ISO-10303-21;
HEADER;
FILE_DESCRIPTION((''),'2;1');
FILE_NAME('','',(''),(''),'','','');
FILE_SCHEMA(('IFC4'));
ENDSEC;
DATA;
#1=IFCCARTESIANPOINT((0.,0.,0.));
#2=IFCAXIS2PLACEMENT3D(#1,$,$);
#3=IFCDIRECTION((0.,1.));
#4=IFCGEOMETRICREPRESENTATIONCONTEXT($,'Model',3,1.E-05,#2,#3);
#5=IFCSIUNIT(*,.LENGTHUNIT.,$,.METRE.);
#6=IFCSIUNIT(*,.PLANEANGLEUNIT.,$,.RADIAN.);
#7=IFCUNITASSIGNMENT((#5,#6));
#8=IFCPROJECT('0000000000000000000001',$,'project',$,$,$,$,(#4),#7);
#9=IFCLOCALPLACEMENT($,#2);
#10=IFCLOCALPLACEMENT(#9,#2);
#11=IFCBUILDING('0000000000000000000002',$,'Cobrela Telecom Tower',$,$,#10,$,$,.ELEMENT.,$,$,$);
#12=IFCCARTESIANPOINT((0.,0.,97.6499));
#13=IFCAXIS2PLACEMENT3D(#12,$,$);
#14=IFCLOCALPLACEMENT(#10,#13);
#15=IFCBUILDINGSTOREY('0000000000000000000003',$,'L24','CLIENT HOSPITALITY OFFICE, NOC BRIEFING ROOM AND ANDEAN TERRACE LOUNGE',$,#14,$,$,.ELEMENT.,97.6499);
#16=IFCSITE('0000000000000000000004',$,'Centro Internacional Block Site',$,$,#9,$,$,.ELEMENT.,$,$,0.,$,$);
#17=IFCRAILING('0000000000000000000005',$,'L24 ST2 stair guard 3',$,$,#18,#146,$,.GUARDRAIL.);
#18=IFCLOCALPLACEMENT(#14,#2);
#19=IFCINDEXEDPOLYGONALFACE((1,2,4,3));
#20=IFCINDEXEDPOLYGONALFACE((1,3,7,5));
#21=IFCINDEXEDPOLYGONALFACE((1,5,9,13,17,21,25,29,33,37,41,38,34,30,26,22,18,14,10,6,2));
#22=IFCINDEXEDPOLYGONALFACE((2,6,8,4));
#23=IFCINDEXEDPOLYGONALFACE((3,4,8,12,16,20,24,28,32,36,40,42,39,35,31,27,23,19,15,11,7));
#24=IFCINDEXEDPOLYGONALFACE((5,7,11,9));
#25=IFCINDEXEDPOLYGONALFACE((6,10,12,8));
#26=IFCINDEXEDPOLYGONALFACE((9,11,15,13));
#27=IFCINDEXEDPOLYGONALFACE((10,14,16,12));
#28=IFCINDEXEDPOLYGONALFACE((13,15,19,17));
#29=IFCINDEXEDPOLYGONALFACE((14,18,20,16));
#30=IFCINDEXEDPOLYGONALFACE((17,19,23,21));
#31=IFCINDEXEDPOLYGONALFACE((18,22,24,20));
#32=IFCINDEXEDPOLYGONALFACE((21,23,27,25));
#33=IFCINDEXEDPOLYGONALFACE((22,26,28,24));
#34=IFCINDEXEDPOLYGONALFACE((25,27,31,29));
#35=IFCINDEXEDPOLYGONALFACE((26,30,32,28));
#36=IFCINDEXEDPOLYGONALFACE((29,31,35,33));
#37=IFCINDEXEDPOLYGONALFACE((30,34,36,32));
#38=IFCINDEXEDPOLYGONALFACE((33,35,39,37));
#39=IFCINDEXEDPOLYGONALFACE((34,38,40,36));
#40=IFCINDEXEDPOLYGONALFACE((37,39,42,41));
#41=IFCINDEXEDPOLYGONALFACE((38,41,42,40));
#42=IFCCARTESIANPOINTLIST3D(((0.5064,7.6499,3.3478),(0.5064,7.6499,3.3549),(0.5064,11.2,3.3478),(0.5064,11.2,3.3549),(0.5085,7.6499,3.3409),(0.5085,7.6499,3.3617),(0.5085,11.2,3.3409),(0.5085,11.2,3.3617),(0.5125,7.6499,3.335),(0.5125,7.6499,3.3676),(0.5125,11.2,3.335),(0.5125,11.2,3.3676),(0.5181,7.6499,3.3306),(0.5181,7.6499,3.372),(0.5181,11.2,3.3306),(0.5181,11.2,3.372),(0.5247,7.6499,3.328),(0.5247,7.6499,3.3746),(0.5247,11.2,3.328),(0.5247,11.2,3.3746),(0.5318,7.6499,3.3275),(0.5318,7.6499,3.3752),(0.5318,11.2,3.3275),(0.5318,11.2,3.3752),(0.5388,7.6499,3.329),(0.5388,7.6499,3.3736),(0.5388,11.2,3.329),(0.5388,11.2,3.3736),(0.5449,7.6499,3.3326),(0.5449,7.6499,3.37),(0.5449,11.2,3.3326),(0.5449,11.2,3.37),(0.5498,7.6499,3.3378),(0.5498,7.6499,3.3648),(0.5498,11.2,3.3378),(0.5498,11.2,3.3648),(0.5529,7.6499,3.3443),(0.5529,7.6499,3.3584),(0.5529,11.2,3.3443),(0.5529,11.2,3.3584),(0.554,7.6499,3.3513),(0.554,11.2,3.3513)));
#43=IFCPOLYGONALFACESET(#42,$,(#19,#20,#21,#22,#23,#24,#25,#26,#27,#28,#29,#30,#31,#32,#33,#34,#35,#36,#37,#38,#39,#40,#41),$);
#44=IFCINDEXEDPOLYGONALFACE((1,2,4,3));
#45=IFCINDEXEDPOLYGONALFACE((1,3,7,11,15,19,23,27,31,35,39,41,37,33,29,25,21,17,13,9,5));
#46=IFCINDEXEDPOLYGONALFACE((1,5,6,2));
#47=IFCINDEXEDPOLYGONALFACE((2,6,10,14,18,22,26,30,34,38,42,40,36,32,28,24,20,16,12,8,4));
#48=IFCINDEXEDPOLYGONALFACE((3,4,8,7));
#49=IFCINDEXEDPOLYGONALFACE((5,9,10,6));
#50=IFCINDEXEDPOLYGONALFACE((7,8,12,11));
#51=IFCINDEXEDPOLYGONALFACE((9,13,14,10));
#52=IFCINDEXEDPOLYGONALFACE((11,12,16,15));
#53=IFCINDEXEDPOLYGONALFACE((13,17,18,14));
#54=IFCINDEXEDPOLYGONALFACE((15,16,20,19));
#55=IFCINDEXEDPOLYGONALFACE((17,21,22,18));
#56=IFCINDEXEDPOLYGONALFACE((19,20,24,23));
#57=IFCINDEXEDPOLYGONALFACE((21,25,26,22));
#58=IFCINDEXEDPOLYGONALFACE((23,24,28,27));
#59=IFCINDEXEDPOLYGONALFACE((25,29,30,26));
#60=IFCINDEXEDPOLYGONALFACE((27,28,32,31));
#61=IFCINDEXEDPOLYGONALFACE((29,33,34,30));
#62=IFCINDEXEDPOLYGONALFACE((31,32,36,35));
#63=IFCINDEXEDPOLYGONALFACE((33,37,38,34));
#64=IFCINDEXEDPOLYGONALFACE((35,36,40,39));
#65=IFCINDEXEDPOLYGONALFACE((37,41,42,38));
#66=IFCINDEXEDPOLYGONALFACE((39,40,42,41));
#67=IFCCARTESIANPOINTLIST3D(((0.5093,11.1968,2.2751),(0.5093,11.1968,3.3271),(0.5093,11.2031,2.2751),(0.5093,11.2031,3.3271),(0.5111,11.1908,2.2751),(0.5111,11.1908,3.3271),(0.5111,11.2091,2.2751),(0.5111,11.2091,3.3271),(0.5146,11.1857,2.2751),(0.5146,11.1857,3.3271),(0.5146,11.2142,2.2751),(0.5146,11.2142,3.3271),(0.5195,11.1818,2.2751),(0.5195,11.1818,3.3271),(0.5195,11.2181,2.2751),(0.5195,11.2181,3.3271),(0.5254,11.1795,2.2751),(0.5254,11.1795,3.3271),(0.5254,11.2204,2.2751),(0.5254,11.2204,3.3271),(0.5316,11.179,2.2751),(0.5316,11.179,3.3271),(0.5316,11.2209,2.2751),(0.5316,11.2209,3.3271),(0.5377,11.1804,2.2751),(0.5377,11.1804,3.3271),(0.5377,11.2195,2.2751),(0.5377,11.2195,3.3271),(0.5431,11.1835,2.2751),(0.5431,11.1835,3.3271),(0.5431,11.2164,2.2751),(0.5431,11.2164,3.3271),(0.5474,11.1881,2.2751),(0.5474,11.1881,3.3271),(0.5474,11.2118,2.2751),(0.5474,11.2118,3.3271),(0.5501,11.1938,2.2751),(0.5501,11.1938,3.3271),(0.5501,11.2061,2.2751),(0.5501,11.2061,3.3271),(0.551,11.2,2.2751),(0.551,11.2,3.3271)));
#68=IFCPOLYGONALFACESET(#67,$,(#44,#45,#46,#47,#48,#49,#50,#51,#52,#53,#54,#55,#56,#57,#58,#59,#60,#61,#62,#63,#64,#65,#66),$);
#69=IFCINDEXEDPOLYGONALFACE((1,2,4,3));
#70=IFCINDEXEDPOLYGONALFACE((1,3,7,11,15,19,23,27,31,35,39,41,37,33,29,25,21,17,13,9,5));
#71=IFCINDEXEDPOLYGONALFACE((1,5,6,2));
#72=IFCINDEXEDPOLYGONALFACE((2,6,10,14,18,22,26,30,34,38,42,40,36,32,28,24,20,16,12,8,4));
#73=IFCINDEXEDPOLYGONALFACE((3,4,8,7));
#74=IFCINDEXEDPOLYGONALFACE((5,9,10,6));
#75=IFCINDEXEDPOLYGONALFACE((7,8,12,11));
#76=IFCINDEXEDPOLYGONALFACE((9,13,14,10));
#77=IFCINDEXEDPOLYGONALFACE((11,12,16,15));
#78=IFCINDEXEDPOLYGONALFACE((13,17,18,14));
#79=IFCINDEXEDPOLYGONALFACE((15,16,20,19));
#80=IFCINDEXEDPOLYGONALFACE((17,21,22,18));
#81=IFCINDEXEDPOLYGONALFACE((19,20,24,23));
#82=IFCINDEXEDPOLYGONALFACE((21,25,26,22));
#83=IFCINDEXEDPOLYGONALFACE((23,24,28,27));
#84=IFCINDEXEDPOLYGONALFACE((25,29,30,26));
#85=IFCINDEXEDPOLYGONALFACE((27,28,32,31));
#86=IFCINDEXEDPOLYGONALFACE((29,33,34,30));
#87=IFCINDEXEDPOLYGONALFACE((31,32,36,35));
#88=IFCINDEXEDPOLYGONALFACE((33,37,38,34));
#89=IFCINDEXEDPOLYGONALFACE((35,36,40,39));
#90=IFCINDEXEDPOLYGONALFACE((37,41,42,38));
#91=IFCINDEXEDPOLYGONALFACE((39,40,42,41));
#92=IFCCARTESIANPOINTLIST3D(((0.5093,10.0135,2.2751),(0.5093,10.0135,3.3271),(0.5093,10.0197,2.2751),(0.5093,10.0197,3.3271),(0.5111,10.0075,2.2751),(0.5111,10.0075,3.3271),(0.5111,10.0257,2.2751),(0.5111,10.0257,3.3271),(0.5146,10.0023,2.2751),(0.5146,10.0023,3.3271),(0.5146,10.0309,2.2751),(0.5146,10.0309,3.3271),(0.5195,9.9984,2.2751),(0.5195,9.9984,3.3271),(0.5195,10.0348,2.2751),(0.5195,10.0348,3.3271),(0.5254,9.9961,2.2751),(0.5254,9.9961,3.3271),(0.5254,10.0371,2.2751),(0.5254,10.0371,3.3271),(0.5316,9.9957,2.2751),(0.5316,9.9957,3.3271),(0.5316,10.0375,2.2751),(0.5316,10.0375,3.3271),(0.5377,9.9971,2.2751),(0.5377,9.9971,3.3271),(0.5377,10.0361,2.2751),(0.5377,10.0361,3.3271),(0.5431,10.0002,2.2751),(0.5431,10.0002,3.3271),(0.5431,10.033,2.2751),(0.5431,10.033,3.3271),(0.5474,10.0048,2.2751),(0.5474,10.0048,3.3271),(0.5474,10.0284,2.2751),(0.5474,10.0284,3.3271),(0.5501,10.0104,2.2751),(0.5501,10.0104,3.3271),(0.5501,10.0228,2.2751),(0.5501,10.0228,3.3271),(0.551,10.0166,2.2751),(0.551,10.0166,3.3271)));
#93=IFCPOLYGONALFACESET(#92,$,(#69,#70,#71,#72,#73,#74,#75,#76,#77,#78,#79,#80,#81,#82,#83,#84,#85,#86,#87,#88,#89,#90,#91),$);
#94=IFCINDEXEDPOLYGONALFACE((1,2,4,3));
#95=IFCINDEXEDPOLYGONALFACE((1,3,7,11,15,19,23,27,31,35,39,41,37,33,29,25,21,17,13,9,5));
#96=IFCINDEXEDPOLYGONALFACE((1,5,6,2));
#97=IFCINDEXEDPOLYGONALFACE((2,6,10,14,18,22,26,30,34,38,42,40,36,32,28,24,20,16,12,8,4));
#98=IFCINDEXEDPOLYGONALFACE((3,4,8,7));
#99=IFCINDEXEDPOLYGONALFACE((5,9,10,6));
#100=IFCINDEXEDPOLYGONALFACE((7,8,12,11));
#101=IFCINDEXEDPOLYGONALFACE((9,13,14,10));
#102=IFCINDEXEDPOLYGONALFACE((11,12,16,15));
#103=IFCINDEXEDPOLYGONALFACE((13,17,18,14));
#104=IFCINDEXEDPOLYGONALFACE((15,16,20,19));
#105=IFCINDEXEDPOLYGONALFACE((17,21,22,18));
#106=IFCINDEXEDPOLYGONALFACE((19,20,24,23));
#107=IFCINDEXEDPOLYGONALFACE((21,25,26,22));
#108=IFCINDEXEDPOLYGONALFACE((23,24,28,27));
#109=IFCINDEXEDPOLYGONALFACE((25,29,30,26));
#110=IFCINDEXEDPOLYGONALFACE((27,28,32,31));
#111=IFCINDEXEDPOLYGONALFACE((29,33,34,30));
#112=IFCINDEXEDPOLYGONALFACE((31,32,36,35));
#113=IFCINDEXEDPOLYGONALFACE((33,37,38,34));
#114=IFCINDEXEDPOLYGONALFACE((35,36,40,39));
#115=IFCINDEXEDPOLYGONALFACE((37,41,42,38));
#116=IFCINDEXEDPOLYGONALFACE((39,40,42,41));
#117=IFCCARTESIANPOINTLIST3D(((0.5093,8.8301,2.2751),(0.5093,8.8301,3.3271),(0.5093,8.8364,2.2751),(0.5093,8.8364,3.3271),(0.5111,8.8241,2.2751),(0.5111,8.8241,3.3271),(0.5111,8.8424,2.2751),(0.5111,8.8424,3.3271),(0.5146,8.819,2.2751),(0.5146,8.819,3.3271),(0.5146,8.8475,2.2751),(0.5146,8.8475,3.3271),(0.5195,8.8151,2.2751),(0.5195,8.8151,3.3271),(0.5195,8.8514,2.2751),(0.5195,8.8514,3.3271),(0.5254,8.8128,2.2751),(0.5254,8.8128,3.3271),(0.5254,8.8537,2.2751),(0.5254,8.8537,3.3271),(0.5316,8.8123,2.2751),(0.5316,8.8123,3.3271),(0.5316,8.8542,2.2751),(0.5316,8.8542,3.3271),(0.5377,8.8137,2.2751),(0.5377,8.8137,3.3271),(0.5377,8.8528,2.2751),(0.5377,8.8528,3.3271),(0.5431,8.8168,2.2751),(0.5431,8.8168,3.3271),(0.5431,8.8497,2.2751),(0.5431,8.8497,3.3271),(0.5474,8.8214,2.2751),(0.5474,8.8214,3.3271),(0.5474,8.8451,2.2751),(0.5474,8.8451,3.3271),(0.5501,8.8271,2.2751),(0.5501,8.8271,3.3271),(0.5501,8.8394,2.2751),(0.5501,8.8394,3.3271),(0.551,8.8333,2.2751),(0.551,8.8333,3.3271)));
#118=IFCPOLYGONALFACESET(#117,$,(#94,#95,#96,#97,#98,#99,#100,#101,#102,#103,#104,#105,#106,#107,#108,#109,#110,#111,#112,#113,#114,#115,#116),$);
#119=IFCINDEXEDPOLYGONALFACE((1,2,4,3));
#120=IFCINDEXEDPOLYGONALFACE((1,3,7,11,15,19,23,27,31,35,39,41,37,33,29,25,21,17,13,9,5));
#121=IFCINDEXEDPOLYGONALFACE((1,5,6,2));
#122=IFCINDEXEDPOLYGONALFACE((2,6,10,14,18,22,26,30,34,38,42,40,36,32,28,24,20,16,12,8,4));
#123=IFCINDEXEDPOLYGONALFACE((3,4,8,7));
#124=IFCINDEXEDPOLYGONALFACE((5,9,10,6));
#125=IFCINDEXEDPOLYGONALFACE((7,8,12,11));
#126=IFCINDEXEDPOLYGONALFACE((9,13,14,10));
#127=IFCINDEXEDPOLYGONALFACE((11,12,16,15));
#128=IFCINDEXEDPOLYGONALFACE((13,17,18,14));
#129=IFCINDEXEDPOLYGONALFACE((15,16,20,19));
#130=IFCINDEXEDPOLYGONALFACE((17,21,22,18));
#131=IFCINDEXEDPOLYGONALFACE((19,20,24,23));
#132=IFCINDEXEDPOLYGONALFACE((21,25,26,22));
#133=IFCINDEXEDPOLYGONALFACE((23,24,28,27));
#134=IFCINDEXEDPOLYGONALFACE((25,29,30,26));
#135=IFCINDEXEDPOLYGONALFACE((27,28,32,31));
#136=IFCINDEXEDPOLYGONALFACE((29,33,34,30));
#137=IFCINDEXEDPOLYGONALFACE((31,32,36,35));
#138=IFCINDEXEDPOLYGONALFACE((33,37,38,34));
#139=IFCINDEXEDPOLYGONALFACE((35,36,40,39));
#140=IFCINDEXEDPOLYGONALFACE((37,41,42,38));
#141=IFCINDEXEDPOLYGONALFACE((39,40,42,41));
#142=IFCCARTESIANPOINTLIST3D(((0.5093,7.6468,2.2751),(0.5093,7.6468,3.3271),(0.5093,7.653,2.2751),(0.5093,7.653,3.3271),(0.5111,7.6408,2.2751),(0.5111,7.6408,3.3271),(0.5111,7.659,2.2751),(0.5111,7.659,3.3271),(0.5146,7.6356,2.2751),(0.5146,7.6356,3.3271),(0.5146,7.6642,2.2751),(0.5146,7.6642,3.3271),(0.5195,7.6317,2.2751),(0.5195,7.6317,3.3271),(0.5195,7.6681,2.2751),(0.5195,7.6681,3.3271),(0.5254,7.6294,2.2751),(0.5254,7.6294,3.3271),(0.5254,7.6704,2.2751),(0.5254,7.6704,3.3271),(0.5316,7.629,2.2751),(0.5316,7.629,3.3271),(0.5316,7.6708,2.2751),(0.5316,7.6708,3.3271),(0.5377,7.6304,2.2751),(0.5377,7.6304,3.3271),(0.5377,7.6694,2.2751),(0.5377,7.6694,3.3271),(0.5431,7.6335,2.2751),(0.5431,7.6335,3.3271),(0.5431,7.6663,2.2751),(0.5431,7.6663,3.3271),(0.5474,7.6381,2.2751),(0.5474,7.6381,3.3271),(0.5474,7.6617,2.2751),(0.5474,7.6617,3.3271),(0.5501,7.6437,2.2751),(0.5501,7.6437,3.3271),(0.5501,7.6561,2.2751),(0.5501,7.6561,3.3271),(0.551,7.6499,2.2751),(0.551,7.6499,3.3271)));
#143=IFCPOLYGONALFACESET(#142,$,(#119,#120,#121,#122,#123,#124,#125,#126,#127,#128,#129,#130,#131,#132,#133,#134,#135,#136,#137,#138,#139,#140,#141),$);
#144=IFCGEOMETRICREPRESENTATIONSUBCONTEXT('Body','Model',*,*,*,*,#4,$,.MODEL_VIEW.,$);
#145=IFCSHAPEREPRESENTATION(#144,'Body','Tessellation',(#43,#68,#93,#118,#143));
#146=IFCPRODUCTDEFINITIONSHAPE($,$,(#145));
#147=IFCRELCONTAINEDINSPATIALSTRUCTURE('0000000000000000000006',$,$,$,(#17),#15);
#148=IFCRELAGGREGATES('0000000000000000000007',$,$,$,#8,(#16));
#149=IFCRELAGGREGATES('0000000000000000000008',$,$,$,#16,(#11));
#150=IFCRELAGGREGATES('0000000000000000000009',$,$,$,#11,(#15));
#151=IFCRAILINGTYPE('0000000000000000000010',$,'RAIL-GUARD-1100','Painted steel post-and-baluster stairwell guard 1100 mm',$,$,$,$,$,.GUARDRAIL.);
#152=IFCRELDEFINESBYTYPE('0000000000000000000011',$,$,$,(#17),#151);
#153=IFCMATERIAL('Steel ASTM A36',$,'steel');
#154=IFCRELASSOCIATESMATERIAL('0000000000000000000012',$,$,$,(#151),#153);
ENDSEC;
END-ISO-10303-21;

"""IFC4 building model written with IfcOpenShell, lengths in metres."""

from ifc_helpers import new_model, si_unit, direction, frame, origin, origin_2d, place, context, subcontext, project, spatial, circle, extrude, material, type_object, element, save


model = new_model("IFC4")

# Units and contexts
model_context = context("Model", 3, precision=1e-05, world=origin(), true_north=direction((0.0, 1.0)))
body_context = subcontext(model_context, "Body", "Model", "MODEL_VIEW")
ifc_project = project(units=[si_unit("LENGTHUNIT", "METRE"), si_unit("PLANEANGLEUNIT", "RADIAN")], contexts=[model_context])

# Site, building, storey
site_placement = place(None, origin())
site = spatial("IfcSite", under=ifc_project, at=site_placement, Name="Centro Internacional Block Site", CompositionType="ELEMENT", RefElevation=0.0)
building_placement = place(site_placement, origin())
building = spatial("IfcBuilding", under=site, at=building_placement, Name="Cobrela Telecom Tower", CompositionType="ELEMENT")
storey_placement = place(building_placement, frame((0.0, 0.0, 97.6499)))
storey = spatial("IfcBuildingStorey", under=building, at=storey_placement, Name="L24", Description="CLIENT HOSPITALITY OFFICE, NOC BRIEFING ROOM AND ANDEAN TERRACE LOUNGE", CompositionType="ELEMENT", Elevation=97.6499)

# Shared definitions
ifc_material_1 = material(Name="Steel ASTM A36", Category="steel")

# Railing
railing_type_1 = type_object("IfcRailingType", Name="RAIL-GUARD-1100", Description="Painted steel post-and-baluster stairwell guard 1100 mm", PredefinedType="GUARDRAIL", material=ifc_material_1)
railing_1_placement = place(storey_placement, frame((0.53, 11.2, 2.2751)))
element("IfcRailing", 1, at=railing_1_placement, inside=storey, type_object=railing_type_1, Name="L24 ST2 stair guard 3", PredefinedType="GUARDRAIL", context=body_context, shape_type="SweptSolid", body=[
    extrude(circle(Radius=0.0239, at=origin_2d()), frame((0.0, 0.0, 1.0762), z_axis=(0.0, -1.0, 0.0), x_axis=(1.0, 0.0, 0.0)), (0.0, 0.0, 1.0), 3.55),
    extrude(circle(Radius=0.021, at=origin_2d()), origin(), (0.0, 0.0, 1.0), 1.052),
    extrude(circle(Radius=0.021, at=origin_2d()), frame((0.0, -1.1833, 0.0)), (0.0, 0.0, 1.0), 1.052),
    extrude(circle(Radius=0.021, at=origin_2d()), frame((0.0, -2.3667, 0.0)), (0.0, 0.0, 1.0), 1.052),
    extrude(circle(Radius=0.021, at=origin_2d()), frame((0.0, -3.55, 0.0)), (0.0, 0.0, 1.0), 1.052),
])

save(model, "model.ifc")
